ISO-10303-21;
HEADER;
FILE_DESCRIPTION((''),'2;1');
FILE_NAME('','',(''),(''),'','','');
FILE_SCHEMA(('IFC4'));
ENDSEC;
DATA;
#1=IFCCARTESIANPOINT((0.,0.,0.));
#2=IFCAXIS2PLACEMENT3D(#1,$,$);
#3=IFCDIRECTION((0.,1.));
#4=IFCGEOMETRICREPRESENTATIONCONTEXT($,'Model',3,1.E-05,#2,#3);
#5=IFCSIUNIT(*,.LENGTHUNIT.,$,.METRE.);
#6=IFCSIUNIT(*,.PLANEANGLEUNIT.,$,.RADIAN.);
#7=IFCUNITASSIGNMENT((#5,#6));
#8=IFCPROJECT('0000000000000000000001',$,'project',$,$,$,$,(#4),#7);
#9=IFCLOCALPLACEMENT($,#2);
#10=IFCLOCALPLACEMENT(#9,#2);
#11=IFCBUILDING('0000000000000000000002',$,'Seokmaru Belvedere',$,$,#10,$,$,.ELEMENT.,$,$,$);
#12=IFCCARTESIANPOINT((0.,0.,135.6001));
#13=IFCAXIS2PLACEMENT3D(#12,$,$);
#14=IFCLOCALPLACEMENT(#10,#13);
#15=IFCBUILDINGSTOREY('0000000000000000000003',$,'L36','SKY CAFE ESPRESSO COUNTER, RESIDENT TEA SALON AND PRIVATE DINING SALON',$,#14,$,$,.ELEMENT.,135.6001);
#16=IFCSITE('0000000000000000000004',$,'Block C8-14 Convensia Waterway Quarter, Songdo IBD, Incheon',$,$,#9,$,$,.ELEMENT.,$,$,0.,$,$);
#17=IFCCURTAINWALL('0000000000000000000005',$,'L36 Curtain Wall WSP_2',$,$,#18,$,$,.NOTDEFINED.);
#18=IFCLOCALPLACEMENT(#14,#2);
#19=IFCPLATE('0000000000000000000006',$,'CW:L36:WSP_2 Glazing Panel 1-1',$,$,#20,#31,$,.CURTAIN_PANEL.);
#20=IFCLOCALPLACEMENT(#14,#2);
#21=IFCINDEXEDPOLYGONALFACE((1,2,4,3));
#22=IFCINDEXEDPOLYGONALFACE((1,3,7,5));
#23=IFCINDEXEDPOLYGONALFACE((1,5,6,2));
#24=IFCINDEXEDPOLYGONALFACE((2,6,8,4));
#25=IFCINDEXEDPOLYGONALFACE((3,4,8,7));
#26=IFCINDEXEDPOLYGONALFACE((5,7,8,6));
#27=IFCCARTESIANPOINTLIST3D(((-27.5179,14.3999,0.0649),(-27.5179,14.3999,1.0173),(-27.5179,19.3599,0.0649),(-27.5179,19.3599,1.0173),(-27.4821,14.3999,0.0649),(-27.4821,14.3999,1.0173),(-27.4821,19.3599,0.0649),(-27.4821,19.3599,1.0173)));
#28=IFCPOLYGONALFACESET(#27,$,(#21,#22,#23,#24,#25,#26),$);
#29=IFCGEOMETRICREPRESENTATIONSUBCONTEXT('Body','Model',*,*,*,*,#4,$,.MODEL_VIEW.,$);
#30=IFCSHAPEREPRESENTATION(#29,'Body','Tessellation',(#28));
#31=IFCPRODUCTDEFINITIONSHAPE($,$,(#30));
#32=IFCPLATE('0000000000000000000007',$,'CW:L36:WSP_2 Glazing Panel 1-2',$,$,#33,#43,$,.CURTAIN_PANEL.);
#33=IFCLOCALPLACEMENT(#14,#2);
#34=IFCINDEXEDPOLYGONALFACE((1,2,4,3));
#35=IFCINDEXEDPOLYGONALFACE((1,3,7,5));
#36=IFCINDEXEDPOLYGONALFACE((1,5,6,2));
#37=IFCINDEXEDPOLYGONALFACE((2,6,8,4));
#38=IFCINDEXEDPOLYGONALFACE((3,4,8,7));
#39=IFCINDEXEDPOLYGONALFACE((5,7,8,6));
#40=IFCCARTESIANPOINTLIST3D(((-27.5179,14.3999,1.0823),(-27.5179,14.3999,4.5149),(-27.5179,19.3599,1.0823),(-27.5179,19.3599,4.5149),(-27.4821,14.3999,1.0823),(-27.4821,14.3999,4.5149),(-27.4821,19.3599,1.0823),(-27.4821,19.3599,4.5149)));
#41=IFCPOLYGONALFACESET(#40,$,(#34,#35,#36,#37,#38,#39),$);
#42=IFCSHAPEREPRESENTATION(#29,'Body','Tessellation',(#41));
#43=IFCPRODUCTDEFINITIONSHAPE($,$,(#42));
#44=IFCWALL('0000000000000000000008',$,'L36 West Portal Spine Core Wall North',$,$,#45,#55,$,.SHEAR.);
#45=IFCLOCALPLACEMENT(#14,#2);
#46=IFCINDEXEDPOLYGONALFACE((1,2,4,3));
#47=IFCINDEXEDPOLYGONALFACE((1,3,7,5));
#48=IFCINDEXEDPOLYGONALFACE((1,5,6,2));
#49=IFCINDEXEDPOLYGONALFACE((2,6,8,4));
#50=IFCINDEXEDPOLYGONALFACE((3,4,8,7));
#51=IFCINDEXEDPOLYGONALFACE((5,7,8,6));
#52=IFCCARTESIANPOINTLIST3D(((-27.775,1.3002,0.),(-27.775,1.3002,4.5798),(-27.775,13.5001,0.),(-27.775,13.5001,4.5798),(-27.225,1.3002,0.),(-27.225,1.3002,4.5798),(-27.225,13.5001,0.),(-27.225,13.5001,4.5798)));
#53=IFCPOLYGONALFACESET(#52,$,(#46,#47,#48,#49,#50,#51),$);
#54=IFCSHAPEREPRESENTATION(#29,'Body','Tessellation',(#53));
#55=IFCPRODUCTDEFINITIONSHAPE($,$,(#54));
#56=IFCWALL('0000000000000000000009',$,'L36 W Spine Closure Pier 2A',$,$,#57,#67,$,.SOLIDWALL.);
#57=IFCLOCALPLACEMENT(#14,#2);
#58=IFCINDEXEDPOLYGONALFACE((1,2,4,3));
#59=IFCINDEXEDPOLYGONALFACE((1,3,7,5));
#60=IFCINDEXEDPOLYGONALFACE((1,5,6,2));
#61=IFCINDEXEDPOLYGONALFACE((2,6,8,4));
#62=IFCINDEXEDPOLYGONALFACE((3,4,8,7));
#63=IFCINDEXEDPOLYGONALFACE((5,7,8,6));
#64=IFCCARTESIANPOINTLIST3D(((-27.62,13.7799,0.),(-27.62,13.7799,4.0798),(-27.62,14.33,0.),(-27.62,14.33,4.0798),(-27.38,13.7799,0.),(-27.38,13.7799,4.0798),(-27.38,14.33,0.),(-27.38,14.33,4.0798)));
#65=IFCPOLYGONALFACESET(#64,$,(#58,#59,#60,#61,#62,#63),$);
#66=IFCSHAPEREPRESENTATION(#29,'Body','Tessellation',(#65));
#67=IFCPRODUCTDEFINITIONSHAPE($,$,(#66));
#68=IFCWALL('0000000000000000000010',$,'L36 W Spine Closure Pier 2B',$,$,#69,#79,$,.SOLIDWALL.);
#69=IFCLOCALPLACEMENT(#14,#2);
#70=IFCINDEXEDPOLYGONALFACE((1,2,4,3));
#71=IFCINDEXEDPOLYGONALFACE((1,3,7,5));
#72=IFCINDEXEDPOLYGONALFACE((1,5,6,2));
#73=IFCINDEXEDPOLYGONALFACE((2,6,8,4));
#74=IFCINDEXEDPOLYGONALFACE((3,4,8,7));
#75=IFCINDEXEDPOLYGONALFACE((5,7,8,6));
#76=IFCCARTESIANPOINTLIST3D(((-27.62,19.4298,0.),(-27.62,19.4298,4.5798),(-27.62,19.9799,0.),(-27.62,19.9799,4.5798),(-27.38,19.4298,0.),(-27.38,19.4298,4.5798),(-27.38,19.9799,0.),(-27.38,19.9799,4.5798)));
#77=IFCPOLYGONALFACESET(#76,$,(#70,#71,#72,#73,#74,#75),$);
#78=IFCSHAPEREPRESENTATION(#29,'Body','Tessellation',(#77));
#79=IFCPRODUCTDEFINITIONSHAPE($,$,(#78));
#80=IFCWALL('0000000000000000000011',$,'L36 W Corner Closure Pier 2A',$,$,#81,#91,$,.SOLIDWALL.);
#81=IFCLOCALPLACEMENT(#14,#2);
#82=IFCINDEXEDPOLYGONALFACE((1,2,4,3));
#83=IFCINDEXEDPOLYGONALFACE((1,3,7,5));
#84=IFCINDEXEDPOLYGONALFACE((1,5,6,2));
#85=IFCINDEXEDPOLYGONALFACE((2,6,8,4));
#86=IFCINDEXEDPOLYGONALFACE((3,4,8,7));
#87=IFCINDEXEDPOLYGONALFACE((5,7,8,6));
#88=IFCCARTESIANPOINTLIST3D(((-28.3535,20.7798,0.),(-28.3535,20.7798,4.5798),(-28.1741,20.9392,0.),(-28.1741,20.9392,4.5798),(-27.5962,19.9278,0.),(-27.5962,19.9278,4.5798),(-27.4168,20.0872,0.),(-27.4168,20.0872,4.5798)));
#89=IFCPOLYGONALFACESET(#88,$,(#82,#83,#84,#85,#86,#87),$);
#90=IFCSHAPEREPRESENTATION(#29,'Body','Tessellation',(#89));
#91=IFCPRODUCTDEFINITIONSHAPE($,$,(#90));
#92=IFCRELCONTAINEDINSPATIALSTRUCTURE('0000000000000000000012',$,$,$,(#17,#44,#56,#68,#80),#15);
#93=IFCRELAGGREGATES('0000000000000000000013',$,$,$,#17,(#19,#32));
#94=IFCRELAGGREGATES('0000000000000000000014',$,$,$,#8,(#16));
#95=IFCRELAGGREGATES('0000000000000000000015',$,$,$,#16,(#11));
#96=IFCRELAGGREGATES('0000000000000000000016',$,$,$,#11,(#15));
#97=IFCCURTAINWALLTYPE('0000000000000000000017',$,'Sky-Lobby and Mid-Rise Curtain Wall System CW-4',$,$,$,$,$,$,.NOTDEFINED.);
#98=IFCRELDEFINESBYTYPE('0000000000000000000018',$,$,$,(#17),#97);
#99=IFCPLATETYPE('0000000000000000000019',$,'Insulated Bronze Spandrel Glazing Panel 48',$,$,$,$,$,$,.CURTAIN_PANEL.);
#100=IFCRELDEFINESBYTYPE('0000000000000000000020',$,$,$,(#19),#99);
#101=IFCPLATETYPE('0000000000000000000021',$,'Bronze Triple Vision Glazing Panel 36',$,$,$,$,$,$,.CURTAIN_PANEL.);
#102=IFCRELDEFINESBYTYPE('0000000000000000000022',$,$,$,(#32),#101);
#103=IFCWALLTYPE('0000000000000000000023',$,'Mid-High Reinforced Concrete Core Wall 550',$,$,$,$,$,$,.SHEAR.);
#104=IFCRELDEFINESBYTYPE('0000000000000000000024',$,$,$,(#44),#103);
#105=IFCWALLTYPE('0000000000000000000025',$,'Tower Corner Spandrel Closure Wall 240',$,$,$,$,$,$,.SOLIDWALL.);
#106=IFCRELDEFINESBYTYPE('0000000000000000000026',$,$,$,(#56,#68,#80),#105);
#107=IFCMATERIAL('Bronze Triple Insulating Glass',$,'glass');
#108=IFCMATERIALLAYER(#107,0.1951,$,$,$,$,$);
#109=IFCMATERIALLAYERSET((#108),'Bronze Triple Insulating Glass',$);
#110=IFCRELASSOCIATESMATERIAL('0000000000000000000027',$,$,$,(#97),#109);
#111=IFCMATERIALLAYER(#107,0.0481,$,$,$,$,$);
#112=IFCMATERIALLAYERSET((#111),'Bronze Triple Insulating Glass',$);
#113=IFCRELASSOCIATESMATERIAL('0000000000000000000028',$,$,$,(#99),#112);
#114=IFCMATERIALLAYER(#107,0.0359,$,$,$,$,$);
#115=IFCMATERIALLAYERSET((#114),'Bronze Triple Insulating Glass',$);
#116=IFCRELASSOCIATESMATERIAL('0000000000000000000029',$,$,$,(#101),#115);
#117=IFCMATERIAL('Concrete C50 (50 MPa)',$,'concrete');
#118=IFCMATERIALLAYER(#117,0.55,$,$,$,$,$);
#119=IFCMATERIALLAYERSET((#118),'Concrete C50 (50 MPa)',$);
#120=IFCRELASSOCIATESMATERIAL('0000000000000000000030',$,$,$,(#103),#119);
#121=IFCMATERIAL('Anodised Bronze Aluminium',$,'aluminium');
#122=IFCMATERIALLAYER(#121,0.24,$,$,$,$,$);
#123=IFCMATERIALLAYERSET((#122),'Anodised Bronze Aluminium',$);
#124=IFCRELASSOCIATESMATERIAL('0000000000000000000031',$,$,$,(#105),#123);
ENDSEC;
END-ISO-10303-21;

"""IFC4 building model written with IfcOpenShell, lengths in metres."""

from ifc_helpers import new_model, si_unit, direction, frame, frame_2d, origin, origin_2d, place, context, subcontext, project, spatial, rectangle, extrude, source, transform, mapped, material, layer, layer_set, type_object, type_shapes, element, aggregate, save


model = new_model("IFC4")

# Units and contexts
model_context = context("Model", 3, precision=1e-05, world=origin(), true_north=direction((0.0, 1.0)))
body_context = subcontext(model_context, "Body", "Model", "MODEL_VIEW")
ifc_project = project(units=[si_unit("LENGTHUNIT", "METRE"), si_unit("PLANEANGLEUNIT", "RADIAN")], contexts=[model_context])

# Site, building, storey
site_placement = place(None, origin())
site = spatial("IfcSite", under=ifc_project, at=site_placement, Name="Block C8-14 Convensia Waterway Quarter, Songdo IBD, Incheon", CompositionType="ELEMENT", RefElevation=0.0)
building_placement = place(site_placement, origin())
building = spatial("IfcBuilding", under=site, at=building_placement, Name="Seokmaru Belvedere", CompositionType="ELEMENT")
storey_placement = place(building_placement, frame((0.0, 0.0, 135.6001)))
storey = spatial("IfcBuildingStorey", under=building, at=storey_placement, Name="L36", Description="SKY CAFE ESPRESSO COUNTER, RESIDENT TEA SALON AND PRIVATE DINING SALON", CompositionType="ELEMENT", Elevation=135.6001)

# Curtain wall
ifc_material_1 = material(Name="Bronze Triple Insulating Glass", Category="glass")
ifc_layer_1 = layer(ifc_material_1, 0.1951)
ifc_layer_set_1 = layer_set([ifc_layer_1], Name="Bronze Triple Insulating Glass")
curtain_wall_type = type_object("IfcCurtainWallType", Name="Sky-Lobby and Mid-Rise Curtain Wall System CW-4", PredefinedType="NOTDEFINED", material=ifc_layer_set_1)
curtain_wall_placement = place(storey_placement, origin())
curtain_wall = element("IfcCurtainWall", 1, at=curtain_wall_placement, inside=storey, type_object=curtain_wall_type, Name="L36 Curtain Wall WSP_2", PredefinedType="NOTDEFINED")
ifc_material_2 = material(Name="Anodised Bronze Aluminium", Category="aluminium")

# Plates
ifc_layer_2 = layer(ifc_material_1, 0.0481)
ifc_layer_set_2 = layer_set([ifc_layer_2], Name="Bronze Triple Insulating Glass")
plate_type_1 = type_object("IfcPlateType", Name="Insulated Bronze Spandrel Glazing Panel 48", PredefinedType="CURTAIN_PANEL", material=ifc_layer_set_2)
shared_shape_1 = source(origin(), body_context, "Body", "SweptSolid", [
    extrude(rectangle(XDim=4.96, YDim=0.0359, at=origin_2d()), origin(), (0.0, 0.0, 1.0), 0.9524),
])
type_shapes(plate_type_1, [shared_shape_1])
plate_1_placement = place(storey_placement, frame((-27.5, 16.8799, 0.0649), z_axis=(0.0, 0.0, 1.0), x_axis=(0.0, 1.0, 0.0)))
plate_1 = element("IfcPlate", 2, at=plate_1_placement, type_object=plate_type_1, Name="CW:L36:WSP_2 Glazing Panel 1-1", PredefinedType="CURTAIN_PANEL", context=body_context, shape_type="MappedRepresentation", body=[
    mapped(shared_shape_1, transform((0.0, 0.0, 0.0), scale=1.0)),
])
ifc_layer_3 = layer(ifc_material_1, 0.0359)
ifc_layer_set_3 = layer_set([ifc_layer_3], Name="Bronze Triple Insulating Glass")
plate_type_2 = type_object("IfcPlateType", Name="Bronze Triple Vision Glazing Panel 36", PredefinedType="CURTAIN_PANEL", material=ifc_layer_set_3)
shared_shape_2 = source(origin(), body_context, "Body", "SweptSolid", [
    extrude(rectangle(XDim=4.96, YDim=0.0359, at=origin_2d()), origin(), (0.0, 0.0, 1.0), 3.4326),
])
type_shapes(plate_type_2, [shared_shape_2])
plate_2_placement = place(storey_placement, frame((-27.5, 16.8799, 1.0823), z_axis=(0.0, 0.0, 1.0), x_axis=(0.0, 1.0, 0.0)))
plate_2 = element("IfcPlate", 3, at=plate_2_placement, type_object=plate_type_2, Name="CW:L36:WSP_2 Glazing Panel 1-2", PredefinedType="CURTAIN_PANEL", context=body_context, shape_type="MappedRepresentation", body=[
    mapped(shared_shape_2, transform((0.0, 0.0, 0.0), scale=1.0)),
])
aggregate(curtain_wall, [plate_1, plate_2])

# Walls
ifc_material_3 = material(Name="Concrete C50 (50 MPa)", Category="concrete")
ifc_layer_4 = layer(ifc_material_3, 0.55)
ifc_layer_set_4 = layer_set([ifc_layer_4], Name="Concrete C50 (50 MPa)")
wall_type_1 = type_object("IfcWallType", Name="Mid-High Reinforced Concrete Core Wall 550", PredefinedType="SHEAR", material=ifc_layer_set_4)
wall_1_placement = place(storey_placement, frame((-27.5, 1.3, 0.0), z_axis=(0.0, 0.0, 1.0), x_axis=(0.0, 1.0, 0.0)))
element("IfcWall", 4, at=wall_1_placement, inside=storey, type_object=wall_type_1, Name="L36 West Portal Spine Core Wall North", PredefinedType="SHEAR", context=body_context, shape_type="SweptSolid", body=[
    extrude(rectangle(XDim=12.2, YDim=0.55, at=frame_2d((6.1001, 0.0))), origin(), (0.0, 0.0, 1.0), 4.5798),
])
ifc_layer_5 = layer(ifc_material_2, 0.24)
ifc_layer_set_5 = layer_set([ifc_layer_5], Name="Anodised Bronze Aluminium")
wall_type_2 = type_object("IfcWallType", Name="Tower Corner Spandrel Closure Wall 240", PredefinedType="SOLIDWALL", material=ifc_layer_set_5)
wall_2_placement = place(storey_placement, frame((-27.5, 13.78, 0.0), z_axis=(0.0, 0.0, 1.0), x_axis=(0.0, 1.0, 0.0)))
element("IfcWall", 5, at=wall_2_placement, inside=storey, type_object=wall_type_2, Name="L36 W Spine Closure Pier 2A", PredefinedType="SOLIDWALL", context=body_context, shape_type="SweptSolid", body=[
    extrude(rectangle(XDim=0.55, YDim=0.24, at=frame_2d((0.2749, 0.0))), origin(), (0.0, 0.0, 1.0), 4.0798),
])
wall_3_placement = place(storey_placement, frame((-27.5, 19.4299, 0.0), z_axis=(0.0, 0.0, 1.0), x_axis=(0.0, 1.0, 0.0)))
element("IfcWall", 6, at=wall_3_placement, inside=storey, type_object=wall_type_2, Name="L36 W Spine Closure Pier 2B", PredefinedType="SOLIDWALL", context=body_context, shape_type="SweptSolid", body=[
    extrude(rectangle(XDim=0.55, YDim=0.24, at=frame_2d((0.2749, 0.0))), origin(), (0.0, 0.0, 1.0), 4.5798),
])
wall_4_placement = place(storey_placement, frame((-27.5066, 20.0076, 0.0), z_axis=(0.0, 0.0, 1.0), x_axis=(-0.664337, 0.747433, 0.0)))
element("IfcWall", 7, at=wall_4_placement, inside=storey, type_object=wall_type_2, Name="L36 W Corner Closure Pier 2A", PredefinedType="SOLIDWALL", context=body_context, shape_type="SweptSolid", body=[
    extrude(rectangle(XDim=1.1399, YDim=0.24, at=frame_2d((0.5698, 0.0))), origin(), (0.0, 0.0, 1.0), 4.5798),
])

save(model, "model.ifc")
